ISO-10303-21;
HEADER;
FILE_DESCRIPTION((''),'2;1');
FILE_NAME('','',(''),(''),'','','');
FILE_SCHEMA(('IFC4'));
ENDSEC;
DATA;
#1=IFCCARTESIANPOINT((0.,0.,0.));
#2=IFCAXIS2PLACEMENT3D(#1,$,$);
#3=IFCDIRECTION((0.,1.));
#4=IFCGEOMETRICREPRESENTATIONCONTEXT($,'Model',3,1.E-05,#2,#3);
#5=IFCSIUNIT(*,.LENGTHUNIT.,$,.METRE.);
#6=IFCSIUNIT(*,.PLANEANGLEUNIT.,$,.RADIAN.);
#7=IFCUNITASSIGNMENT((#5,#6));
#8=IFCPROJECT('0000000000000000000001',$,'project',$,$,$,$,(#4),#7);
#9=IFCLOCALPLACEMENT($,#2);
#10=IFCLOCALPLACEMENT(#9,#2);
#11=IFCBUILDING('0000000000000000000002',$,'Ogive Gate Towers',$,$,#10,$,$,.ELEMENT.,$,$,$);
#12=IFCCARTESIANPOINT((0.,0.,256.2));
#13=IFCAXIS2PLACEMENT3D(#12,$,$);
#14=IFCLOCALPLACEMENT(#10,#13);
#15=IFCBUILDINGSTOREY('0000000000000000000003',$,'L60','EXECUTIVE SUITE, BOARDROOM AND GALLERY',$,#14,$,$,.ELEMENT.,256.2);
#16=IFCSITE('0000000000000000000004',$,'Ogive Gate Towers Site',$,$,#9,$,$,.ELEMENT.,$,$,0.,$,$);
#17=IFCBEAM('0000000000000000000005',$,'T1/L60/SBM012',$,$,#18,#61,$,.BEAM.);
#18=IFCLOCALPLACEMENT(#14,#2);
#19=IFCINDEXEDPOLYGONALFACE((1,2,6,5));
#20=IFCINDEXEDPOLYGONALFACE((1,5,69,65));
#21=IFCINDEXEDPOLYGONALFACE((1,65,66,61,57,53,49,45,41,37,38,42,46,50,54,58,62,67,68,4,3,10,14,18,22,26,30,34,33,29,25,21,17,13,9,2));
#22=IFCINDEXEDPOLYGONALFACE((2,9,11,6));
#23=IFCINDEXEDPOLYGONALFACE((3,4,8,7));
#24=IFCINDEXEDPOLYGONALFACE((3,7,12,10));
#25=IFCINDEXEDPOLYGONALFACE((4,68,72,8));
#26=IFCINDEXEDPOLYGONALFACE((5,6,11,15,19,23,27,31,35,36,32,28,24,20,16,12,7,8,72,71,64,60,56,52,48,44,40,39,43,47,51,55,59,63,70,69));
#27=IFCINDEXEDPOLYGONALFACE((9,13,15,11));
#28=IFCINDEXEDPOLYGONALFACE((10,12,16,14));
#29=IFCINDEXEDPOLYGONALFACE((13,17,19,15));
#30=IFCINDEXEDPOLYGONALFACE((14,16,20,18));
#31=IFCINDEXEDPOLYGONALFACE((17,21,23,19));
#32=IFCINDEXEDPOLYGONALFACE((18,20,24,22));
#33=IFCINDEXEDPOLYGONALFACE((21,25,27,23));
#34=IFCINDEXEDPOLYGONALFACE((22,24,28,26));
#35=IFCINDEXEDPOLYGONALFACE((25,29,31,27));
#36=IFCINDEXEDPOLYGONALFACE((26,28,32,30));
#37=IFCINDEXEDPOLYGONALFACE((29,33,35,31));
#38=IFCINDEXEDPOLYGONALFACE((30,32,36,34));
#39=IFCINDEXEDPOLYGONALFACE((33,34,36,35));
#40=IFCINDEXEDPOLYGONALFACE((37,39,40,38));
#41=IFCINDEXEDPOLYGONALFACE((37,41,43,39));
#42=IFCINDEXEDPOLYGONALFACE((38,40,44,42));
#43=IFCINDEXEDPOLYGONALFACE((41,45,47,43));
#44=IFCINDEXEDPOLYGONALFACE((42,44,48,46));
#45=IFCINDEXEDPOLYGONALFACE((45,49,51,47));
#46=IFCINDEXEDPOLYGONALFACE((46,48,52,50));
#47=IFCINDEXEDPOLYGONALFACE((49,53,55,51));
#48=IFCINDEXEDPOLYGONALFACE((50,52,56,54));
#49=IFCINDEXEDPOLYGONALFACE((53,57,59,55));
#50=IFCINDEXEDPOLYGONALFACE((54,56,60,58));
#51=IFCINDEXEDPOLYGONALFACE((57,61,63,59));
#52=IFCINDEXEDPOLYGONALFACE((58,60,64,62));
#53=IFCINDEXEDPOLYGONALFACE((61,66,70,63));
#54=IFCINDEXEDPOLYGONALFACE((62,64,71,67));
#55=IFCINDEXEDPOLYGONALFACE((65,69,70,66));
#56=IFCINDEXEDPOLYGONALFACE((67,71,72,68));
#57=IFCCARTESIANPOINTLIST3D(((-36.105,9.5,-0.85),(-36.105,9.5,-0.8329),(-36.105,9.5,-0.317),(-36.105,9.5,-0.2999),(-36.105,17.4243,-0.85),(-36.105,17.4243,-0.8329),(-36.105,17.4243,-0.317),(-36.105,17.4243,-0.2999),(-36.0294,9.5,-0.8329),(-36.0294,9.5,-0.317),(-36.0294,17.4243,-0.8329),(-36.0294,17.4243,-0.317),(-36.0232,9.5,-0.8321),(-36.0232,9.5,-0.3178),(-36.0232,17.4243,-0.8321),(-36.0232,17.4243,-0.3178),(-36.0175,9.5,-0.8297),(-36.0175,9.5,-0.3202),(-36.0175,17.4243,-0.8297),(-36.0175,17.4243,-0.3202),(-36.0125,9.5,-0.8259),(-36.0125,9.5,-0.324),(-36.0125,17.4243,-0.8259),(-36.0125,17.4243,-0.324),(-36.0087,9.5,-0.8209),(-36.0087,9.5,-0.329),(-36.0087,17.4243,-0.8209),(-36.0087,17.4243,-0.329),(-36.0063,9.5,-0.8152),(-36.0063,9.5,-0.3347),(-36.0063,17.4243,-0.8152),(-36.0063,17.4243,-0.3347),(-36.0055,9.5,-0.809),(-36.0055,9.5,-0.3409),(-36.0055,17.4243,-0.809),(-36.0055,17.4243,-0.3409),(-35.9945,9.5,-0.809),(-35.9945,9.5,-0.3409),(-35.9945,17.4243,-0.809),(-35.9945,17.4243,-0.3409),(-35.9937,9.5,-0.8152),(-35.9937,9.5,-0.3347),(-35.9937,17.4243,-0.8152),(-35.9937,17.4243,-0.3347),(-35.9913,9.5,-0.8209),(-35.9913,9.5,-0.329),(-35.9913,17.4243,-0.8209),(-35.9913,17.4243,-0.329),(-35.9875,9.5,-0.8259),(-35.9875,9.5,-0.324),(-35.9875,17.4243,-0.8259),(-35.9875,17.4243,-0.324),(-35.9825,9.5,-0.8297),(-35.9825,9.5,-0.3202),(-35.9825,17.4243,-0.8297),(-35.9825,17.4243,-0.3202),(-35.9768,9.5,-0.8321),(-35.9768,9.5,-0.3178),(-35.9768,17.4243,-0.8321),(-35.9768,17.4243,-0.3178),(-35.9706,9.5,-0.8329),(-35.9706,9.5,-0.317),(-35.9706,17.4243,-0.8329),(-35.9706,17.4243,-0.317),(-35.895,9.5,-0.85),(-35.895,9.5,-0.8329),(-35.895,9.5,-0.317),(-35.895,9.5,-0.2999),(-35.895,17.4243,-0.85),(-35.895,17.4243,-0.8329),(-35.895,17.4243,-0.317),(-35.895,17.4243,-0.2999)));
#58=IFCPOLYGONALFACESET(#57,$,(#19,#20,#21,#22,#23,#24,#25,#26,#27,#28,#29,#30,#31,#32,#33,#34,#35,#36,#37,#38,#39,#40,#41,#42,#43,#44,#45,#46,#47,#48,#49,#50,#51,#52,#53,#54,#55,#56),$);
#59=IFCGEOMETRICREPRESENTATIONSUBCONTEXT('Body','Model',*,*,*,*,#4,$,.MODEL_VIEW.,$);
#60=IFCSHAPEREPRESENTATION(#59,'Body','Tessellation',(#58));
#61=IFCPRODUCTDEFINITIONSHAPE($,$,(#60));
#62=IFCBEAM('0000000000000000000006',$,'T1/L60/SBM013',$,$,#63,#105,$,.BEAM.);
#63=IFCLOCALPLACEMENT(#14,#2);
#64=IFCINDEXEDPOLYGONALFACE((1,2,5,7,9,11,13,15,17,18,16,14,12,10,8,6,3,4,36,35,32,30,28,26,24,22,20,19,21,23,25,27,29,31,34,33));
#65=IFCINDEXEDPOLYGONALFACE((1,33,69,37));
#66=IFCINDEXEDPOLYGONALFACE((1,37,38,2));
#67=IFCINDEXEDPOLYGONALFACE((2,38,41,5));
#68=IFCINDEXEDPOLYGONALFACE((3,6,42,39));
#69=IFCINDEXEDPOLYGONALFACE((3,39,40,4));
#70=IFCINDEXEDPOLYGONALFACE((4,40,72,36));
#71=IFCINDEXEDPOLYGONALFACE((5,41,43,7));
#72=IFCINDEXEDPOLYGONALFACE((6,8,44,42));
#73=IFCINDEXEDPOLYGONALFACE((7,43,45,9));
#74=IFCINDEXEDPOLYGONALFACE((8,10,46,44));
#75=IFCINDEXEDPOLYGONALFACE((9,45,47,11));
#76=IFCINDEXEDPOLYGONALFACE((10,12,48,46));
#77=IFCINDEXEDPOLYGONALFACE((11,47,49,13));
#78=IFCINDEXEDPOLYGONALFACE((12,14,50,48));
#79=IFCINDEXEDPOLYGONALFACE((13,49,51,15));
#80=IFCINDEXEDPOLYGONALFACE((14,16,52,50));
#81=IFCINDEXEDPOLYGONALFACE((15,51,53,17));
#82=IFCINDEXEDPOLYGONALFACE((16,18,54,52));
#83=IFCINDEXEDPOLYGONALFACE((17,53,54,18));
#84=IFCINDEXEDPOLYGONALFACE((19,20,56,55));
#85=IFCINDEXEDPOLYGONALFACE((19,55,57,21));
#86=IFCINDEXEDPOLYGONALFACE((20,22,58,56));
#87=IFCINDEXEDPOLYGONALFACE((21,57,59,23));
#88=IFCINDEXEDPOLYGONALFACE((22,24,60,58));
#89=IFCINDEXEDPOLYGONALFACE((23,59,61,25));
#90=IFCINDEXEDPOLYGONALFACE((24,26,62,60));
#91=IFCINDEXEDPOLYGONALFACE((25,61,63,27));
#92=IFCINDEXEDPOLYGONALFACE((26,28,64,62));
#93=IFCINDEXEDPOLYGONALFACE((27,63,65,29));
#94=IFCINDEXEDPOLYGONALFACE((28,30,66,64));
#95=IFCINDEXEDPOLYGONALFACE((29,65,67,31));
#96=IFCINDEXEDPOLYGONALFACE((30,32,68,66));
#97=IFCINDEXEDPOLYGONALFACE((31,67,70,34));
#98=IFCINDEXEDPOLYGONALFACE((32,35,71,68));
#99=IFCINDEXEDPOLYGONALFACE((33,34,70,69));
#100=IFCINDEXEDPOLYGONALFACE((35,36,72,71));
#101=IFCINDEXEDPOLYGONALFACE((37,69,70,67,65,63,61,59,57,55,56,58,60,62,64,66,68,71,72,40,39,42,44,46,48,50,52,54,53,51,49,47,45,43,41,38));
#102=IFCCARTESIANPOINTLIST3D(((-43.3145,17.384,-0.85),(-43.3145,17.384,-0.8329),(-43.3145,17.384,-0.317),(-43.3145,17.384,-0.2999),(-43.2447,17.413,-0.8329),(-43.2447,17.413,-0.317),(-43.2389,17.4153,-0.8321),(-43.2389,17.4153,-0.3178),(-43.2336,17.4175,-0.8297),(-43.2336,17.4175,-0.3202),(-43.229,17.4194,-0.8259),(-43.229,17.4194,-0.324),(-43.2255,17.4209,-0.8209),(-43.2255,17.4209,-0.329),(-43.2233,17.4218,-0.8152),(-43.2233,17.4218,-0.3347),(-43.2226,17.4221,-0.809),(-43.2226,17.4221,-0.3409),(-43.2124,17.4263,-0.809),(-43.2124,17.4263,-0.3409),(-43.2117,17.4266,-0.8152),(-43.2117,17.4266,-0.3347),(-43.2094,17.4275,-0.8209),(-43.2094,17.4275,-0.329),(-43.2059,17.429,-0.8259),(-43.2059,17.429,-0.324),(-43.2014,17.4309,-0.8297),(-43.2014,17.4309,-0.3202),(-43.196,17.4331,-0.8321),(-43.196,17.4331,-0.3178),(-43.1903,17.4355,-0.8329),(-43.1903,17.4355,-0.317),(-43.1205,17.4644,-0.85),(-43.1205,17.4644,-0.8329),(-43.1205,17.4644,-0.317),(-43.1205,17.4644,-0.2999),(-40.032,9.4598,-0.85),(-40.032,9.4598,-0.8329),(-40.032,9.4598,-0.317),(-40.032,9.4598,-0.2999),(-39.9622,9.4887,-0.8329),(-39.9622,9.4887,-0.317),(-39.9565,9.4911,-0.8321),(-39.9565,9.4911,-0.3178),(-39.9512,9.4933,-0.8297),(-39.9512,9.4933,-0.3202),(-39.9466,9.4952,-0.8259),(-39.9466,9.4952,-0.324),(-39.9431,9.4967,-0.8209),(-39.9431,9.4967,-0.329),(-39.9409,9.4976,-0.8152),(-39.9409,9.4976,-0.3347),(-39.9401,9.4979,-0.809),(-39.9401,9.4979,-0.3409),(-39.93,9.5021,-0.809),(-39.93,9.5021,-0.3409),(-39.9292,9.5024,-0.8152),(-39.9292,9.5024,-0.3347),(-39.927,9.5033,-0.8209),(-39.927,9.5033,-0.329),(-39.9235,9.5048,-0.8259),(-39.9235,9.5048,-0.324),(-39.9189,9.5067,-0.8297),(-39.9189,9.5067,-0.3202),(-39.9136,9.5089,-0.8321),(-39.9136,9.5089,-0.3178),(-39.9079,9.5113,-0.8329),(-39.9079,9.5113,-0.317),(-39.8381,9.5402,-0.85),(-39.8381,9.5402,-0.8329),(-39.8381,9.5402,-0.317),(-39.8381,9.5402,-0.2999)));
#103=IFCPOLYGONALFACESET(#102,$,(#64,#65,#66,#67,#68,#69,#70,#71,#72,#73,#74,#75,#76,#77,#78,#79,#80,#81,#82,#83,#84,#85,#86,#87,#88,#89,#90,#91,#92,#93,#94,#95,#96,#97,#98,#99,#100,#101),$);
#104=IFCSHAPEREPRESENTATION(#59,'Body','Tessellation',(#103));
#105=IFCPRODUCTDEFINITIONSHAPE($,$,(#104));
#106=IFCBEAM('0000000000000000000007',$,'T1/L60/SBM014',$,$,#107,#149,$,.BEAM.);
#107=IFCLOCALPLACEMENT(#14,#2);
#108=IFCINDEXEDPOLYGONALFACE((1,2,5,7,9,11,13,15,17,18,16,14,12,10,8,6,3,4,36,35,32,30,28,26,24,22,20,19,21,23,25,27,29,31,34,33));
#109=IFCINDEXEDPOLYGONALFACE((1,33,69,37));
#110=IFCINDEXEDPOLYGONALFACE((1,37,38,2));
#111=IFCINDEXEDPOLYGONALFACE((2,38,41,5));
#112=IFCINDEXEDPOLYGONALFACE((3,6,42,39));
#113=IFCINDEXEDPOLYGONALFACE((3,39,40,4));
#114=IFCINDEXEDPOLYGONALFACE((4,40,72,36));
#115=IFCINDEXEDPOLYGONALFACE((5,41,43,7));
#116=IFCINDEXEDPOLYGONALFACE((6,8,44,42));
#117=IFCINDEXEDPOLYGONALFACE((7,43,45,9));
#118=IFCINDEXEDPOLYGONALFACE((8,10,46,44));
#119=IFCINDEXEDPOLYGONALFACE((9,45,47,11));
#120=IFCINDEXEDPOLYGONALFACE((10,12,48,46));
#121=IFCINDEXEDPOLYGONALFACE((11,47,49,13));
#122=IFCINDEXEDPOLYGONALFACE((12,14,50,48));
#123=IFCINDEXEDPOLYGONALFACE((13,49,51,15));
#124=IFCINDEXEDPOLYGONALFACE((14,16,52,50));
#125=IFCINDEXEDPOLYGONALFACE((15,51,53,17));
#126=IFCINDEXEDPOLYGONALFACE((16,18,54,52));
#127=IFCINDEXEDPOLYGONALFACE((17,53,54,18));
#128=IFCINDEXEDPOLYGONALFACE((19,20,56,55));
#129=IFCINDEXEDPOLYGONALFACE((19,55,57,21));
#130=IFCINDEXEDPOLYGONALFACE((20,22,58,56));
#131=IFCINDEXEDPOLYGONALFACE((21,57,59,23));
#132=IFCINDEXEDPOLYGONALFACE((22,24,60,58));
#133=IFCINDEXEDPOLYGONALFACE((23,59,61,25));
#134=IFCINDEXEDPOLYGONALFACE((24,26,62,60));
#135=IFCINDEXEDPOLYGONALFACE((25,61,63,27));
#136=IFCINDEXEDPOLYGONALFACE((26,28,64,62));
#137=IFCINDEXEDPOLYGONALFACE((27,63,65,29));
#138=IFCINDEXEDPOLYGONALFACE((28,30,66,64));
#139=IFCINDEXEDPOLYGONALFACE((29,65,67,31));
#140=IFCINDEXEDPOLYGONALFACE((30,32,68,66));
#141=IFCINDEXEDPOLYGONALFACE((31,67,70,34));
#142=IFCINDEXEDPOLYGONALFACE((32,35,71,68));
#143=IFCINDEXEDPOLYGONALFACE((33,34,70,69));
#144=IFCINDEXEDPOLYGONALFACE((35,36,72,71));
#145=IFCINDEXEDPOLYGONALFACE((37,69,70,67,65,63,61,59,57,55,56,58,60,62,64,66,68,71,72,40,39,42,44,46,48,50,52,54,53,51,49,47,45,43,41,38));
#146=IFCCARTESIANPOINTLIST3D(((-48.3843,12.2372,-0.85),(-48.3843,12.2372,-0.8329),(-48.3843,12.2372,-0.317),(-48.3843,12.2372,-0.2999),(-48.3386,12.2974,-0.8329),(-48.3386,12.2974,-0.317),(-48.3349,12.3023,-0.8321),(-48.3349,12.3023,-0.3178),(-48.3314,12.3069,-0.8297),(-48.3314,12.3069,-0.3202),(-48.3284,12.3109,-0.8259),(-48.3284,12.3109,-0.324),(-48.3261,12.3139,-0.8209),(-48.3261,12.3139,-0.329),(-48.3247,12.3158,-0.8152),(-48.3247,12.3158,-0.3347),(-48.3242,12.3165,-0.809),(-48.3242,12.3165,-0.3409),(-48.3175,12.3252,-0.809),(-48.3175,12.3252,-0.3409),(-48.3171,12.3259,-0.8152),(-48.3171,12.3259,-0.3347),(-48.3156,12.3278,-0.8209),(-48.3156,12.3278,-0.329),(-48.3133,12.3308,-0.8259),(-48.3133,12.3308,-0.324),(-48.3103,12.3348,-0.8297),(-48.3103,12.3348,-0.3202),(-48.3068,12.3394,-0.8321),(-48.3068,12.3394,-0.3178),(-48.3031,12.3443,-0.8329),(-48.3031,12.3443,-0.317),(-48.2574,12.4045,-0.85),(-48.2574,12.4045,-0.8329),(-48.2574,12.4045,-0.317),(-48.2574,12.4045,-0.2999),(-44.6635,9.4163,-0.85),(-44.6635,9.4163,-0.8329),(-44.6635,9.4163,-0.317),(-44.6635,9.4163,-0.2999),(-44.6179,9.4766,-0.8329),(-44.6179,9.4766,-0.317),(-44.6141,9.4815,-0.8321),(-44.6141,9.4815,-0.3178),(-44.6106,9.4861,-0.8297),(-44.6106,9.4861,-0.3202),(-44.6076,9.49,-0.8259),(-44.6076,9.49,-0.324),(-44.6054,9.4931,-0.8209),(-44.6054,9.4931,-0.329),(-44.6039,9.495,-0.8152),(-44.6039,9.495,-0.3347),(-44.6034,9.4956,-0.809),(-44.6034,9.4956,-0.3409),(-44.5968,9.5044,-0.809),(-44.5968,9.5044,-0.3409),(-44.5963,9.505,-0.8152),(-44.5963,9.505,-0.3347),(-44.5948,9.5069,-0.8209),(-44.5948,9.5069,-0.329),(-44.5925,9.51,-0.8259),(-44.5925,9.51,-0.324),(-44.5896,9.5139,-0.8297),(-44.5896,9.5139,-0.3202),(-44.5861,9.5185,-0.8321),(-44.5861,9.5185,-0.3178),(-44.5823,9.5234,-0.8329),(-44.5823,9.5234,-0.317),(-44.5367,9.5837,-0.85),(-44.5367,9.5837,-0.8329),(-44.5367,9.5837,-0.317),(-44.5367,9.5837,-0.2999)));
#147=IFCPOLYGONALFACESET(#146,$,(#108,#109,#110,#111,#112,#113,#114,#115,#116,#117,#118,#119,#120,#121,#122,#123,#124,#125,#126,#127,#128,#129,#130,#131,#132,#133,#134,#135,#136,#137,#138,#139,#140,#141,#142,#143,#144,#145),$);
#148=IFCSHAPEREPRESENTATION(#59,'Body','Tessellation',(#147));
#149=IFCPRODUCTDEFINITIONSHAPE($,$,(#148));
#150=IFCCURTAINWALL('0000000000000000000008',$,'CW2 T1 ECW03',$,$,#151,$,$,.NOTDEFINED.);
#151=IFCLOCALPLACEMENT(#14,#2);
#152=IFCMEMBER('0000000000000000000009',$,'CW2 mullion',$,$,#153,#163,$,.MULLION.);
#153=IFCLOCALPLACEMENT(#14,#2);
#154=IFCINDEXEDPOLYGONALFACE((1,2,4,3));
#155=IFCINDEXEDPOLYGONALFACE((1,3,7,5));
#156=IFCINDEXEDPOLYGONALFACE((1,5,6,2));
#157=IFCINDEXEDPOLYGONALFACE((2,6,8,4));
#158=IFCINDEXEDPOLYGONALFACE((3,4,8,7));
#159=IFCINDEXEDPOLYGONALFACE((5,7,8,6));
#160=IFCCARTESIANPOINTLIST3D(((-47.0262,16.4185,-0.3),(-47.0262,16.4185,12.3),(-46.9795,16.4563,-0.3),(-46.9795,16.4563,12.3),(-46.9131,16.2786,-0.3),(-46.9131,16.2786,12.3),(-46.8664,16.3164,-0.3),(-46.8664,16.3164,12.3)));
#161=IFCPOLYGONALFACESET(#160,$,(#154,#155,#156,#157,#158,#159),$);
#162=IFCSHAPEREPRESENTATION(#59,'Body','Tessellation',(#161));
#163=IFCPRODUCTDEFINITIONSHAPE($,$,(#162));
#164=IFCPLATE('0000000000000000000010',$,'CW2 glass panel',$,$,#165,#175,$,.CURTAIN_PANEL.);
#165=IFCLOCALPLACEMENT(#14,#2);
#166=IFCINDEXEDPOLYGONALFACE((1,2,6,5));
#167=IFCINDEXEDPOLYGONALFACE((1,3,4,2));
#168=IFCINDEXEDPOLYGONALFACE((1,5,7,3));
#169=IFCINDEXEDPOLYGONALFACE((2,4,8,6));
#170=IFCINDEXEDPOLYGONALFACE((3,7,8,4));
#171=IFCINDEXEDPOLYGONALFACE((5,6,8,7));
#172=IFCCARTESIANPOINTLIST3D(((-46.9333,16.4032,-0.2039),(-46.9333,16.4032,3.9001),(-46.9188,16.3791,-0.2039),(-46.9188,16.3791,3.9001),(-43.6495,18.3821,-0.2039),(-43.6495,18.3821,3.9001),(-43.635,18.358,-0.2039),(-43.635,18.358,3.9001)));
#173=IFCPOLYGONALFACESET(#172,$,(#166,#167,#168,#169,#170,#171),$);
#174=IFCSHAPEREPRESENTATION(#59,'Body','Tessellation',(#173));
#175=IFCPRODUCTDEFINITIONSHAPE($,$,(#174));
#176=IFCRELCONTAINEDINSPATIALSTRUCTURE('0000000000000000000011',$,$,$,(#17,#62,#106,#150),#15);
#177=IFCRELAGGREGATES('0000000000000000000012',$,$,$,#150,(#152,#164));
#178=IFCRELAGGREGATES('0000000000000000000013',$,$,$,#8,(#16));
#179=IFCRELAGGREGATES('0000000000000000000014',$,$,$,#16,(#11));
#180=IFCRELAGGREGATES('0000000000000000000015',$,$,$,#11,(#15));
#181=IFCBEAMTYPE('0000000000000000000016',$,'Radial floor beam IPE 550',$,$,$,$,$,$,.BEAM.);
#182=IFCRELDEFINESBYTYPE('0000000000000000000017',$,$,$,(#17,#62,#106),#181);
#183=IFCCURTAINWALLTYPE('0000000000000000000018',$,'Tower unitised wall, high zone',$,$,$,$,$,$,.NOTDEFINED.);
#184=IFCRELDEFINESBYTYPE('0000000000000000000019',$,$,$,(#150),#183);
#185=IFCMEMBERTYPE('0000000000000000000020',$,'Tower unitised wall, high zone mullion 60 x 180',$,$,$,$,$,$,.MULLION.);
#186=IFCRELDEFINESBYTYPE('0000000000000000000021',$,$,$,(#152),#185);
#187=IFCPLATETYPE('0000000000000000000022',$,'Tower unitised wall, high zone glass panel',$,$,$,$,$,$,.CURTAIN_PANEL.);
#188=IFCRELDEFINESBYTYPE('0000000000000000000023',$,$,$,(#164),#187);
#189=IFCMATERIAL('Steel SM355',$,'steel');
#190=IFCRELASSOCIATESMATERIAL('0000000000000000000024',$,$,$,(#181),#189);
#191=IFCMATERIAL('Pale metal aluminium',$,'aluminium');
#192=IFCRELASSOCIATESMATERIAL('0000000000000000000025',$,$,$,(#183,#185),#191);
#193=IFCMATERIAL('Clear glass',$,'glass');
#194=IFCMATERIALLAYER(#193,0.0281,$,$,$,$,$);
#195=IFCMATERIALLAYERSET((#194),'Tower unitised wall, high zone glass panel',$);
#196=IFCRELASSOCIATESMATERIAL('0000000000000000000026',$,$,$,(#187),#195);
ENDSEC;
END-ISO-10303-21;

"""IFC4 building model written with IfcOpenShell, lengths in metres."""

from ifc_helpers import new_model, si_unit, direction, frame, origin, origin_2d, place, context, subcontext, project, spatial, rectangle, i_section, extrude, material, layer, layer_set, material_profile, profile_set, type_object, element, aggregate, save


model = new_model("IFC4")

# Units and contexts
model_context = context("Model", 3, precision=1e-05, world=origin(), true_north=direction((0.0, 1.0)))
body_context = subcontext(model_context, "Body", "Model", "MODEL_VIEW")
ifc_project = project(units=[si_unit("LENGTHUNIT", "METRE"), si_unit("PLANEANGLEUNIT", "RADIAN")], contexts=[model_context])

# Site, building, storey
site_placement = place(None, origin())
site = spatial("IfcSite", under=ifc_project, at=site_placement, Name="Ogive Gate Towers Site", CompositionType="ELEMENT", RefElevation=0.0)
building_placement = place(site_placement, origin())
building = spatial("IfcBuilding", under=site, at=building_placement, Name="Ogive Gate Towers", CompositionType="ELEMENT")
storey_placement = place(building_placement, frame((0.0, 0.0, 256.2)))
storey = spatial("IfcBuildingStorey", under=building, at=storey_placement, Name="L60", Description="EXECUTIVE SUITE, BOARDROOM AND GALLERY", CompositionType="ELEMENT", Elevation=256.2)

# Beams
ifc_material_1 = material(Name="Steel SM355", Category="steel")
ifc_material_profile_1 = material_profile(ifc_material_1, i_section(OverallWidth=0.21, OverallDepth=0.55, WebThickness=0.011, FlangeThickness=0.0171, FilletRadius=0.0239, at=origin_2d()), Name="IPE 550")
ifc_profile_set_1 = profile_set([ifc_material_profile_1], Name="Steel SM355")
beam_type = type_object("IfcBeamType", Name="Radial floor beam IPE 550", PredefinedType="BEAM", material=ifc_profile_set_1)
beam_1_placement = place(storey_placement, frame((-36.0, 9.5, -0.575), z_axis=(0.0, 1.0, 0.0), x_axis=(-1.0, 0.0, 0.0)))
element("IfcBeam", 1, at=beam_1_placement, inside=storey, type_object=beam_type, Name="T1/L60/SBM012", PredefinedType="BEAM", context=body_context, shape_type="SweptSolid", body=[
    extrude(i_section(OverallWidth=0.21, OverallDepth=0.55, WebThickness=0.011, FlangeThickness=0.0171, FilletRadius=0.0239, at=origin_2d()), origin(), (0.0, 0.0, 1.0), 7.9243),
])
beam_2_placement = place(storey_placement, frame((-39.9351, 9.5, -0.575), z_axis=(-0.382695, 0.923875, 0.0), x_axis=(-0.923875, -0.382695, 0.0)))
element("IfcBeam", 2, at=beam_2_placement, inside=storey, type_object=beam_type, Name="T1/L60/SBM013", PredefinedType="BEAM", context=body_context, shape_type="SweptSolid", body=[
    extrude(i_section(OverallWidth=0.21, OverallDepth=0.55, WebThickness=0.011, FlangeThickness=0.0171, FilletRadius=0.0239, at=origin_2d()), origin(), (0.0, 0.0, 1.0), 8.5771),
])
beam_3_placement = place(storey_placement, frame((-44.6001, 9.5, -0.575), z_axis=(-0.796877, 0.604142, 0.0), x_axis=(-0.604142, -0.796877, 0.0)))
element("IfcBeam", 3, at=beam_3_placement, inside=storey, type_object=beam_type, Name="T1/L60/SBM014", PredefinedType="BEAM", context=body_context, shape_type="SweptSolid", body=[
    extrude(i_section(OverallWidth=0.21, OverallDepth=0.55, WebThickness=0.011, FlangeThickness=0.0171, FilletRadius=0.0239, at=origin_2d()), origin(), (0.0, 0.0, 1.0), 4.6692),
])

# Curtain wall, member, plate
ifc_material_2 = material(Name="Pale metal aluminium", Category="aluminium")
curtain_wall_type = type_object("IfcCurtainWallType", Name="Tower unitised wall, high zone", PredefinedType="NOTDEFINED", material=ifc_material_2)
curtain_wall_placement = place(storey_placement, origin())
curtain_wall = element("IfcCurtainWall", 4, at=curtain_wall_placement, inside=storey, type_object=curtain_wall_type, Name="CW2 T1 ECW03", PredefinedType="NOTDEFINED")
ifc_material_profile_2 = material_profile(ifc_material_2, rectangle(XDim=0.1799, YDim=0.0601, at=origin_2d()), Name="60 x 180 aluminium box")
ifc_profile_set_2 = profile_set([ifc_material_profile_2], Name="Pale metal aluminium")
member_type = type_object("IfcMemberType", Name="Tower unitised wall, high zone mullion 60 x 180", PredefinedType="MULLION", material=ifc_profile_set_2)
member_placement = place(storey_placement, frame((-46.9463, 16.3674, -0.3), z_axis=(0.0, 0.0, 1.0), x_axis=(-0.628791, 0.777574, 0.0)))
member = element("IfcMember", 5, at=member_placement, type_object=member_type, Name="CW2 mullion", PredefinedType="MULLION", context=body_context, shape_type="SweptSolid", body=[
    extrude(rectangle(XDim=0.1799, YDim=0.0601, at=origin_2d()), origin(), (0.0, 0.0, 1.0), 12.6001),
])
ifc_material_3 = material(Name="Clear glass", Category="glass")
ifc_layer_1 = layer(ifc_material_3, 0.0281)
ifc_layer_set_1 = layer_set([ifc_layer_1], Name="Tower unitised wall, high zone glass panel")
plate_type = type_object("IfcPlateType", Name="Tower unitised wall, high zone glass panel", PredefinedType="CURTAIN_PANEL", material=ifc_layer_set_1)
plate_placement = place(storey_placement, frame((-45.2842, 17.3806, -0.2039), z_axis=(0.0, 0.0, 1.0), x_axis=(-0.856501, -0.516145, 0.0)))
plate = element("IfcPlate", 6, at=plate_placement, type_object=plate_type, Name="CW2 glass panel", PredefinedType="CURTAIN_PANEL", context=body_context, shape_type="SweptSolid", body=[
    extrude(rectangle(XDim=3.834, YDim=0.0281, at=origin_2d()), origin(), (0.0, 0.0, 1.0), 4.104),
])
aggregate(curtain_wall, [member, plate])

save(model, "model.ifc")
